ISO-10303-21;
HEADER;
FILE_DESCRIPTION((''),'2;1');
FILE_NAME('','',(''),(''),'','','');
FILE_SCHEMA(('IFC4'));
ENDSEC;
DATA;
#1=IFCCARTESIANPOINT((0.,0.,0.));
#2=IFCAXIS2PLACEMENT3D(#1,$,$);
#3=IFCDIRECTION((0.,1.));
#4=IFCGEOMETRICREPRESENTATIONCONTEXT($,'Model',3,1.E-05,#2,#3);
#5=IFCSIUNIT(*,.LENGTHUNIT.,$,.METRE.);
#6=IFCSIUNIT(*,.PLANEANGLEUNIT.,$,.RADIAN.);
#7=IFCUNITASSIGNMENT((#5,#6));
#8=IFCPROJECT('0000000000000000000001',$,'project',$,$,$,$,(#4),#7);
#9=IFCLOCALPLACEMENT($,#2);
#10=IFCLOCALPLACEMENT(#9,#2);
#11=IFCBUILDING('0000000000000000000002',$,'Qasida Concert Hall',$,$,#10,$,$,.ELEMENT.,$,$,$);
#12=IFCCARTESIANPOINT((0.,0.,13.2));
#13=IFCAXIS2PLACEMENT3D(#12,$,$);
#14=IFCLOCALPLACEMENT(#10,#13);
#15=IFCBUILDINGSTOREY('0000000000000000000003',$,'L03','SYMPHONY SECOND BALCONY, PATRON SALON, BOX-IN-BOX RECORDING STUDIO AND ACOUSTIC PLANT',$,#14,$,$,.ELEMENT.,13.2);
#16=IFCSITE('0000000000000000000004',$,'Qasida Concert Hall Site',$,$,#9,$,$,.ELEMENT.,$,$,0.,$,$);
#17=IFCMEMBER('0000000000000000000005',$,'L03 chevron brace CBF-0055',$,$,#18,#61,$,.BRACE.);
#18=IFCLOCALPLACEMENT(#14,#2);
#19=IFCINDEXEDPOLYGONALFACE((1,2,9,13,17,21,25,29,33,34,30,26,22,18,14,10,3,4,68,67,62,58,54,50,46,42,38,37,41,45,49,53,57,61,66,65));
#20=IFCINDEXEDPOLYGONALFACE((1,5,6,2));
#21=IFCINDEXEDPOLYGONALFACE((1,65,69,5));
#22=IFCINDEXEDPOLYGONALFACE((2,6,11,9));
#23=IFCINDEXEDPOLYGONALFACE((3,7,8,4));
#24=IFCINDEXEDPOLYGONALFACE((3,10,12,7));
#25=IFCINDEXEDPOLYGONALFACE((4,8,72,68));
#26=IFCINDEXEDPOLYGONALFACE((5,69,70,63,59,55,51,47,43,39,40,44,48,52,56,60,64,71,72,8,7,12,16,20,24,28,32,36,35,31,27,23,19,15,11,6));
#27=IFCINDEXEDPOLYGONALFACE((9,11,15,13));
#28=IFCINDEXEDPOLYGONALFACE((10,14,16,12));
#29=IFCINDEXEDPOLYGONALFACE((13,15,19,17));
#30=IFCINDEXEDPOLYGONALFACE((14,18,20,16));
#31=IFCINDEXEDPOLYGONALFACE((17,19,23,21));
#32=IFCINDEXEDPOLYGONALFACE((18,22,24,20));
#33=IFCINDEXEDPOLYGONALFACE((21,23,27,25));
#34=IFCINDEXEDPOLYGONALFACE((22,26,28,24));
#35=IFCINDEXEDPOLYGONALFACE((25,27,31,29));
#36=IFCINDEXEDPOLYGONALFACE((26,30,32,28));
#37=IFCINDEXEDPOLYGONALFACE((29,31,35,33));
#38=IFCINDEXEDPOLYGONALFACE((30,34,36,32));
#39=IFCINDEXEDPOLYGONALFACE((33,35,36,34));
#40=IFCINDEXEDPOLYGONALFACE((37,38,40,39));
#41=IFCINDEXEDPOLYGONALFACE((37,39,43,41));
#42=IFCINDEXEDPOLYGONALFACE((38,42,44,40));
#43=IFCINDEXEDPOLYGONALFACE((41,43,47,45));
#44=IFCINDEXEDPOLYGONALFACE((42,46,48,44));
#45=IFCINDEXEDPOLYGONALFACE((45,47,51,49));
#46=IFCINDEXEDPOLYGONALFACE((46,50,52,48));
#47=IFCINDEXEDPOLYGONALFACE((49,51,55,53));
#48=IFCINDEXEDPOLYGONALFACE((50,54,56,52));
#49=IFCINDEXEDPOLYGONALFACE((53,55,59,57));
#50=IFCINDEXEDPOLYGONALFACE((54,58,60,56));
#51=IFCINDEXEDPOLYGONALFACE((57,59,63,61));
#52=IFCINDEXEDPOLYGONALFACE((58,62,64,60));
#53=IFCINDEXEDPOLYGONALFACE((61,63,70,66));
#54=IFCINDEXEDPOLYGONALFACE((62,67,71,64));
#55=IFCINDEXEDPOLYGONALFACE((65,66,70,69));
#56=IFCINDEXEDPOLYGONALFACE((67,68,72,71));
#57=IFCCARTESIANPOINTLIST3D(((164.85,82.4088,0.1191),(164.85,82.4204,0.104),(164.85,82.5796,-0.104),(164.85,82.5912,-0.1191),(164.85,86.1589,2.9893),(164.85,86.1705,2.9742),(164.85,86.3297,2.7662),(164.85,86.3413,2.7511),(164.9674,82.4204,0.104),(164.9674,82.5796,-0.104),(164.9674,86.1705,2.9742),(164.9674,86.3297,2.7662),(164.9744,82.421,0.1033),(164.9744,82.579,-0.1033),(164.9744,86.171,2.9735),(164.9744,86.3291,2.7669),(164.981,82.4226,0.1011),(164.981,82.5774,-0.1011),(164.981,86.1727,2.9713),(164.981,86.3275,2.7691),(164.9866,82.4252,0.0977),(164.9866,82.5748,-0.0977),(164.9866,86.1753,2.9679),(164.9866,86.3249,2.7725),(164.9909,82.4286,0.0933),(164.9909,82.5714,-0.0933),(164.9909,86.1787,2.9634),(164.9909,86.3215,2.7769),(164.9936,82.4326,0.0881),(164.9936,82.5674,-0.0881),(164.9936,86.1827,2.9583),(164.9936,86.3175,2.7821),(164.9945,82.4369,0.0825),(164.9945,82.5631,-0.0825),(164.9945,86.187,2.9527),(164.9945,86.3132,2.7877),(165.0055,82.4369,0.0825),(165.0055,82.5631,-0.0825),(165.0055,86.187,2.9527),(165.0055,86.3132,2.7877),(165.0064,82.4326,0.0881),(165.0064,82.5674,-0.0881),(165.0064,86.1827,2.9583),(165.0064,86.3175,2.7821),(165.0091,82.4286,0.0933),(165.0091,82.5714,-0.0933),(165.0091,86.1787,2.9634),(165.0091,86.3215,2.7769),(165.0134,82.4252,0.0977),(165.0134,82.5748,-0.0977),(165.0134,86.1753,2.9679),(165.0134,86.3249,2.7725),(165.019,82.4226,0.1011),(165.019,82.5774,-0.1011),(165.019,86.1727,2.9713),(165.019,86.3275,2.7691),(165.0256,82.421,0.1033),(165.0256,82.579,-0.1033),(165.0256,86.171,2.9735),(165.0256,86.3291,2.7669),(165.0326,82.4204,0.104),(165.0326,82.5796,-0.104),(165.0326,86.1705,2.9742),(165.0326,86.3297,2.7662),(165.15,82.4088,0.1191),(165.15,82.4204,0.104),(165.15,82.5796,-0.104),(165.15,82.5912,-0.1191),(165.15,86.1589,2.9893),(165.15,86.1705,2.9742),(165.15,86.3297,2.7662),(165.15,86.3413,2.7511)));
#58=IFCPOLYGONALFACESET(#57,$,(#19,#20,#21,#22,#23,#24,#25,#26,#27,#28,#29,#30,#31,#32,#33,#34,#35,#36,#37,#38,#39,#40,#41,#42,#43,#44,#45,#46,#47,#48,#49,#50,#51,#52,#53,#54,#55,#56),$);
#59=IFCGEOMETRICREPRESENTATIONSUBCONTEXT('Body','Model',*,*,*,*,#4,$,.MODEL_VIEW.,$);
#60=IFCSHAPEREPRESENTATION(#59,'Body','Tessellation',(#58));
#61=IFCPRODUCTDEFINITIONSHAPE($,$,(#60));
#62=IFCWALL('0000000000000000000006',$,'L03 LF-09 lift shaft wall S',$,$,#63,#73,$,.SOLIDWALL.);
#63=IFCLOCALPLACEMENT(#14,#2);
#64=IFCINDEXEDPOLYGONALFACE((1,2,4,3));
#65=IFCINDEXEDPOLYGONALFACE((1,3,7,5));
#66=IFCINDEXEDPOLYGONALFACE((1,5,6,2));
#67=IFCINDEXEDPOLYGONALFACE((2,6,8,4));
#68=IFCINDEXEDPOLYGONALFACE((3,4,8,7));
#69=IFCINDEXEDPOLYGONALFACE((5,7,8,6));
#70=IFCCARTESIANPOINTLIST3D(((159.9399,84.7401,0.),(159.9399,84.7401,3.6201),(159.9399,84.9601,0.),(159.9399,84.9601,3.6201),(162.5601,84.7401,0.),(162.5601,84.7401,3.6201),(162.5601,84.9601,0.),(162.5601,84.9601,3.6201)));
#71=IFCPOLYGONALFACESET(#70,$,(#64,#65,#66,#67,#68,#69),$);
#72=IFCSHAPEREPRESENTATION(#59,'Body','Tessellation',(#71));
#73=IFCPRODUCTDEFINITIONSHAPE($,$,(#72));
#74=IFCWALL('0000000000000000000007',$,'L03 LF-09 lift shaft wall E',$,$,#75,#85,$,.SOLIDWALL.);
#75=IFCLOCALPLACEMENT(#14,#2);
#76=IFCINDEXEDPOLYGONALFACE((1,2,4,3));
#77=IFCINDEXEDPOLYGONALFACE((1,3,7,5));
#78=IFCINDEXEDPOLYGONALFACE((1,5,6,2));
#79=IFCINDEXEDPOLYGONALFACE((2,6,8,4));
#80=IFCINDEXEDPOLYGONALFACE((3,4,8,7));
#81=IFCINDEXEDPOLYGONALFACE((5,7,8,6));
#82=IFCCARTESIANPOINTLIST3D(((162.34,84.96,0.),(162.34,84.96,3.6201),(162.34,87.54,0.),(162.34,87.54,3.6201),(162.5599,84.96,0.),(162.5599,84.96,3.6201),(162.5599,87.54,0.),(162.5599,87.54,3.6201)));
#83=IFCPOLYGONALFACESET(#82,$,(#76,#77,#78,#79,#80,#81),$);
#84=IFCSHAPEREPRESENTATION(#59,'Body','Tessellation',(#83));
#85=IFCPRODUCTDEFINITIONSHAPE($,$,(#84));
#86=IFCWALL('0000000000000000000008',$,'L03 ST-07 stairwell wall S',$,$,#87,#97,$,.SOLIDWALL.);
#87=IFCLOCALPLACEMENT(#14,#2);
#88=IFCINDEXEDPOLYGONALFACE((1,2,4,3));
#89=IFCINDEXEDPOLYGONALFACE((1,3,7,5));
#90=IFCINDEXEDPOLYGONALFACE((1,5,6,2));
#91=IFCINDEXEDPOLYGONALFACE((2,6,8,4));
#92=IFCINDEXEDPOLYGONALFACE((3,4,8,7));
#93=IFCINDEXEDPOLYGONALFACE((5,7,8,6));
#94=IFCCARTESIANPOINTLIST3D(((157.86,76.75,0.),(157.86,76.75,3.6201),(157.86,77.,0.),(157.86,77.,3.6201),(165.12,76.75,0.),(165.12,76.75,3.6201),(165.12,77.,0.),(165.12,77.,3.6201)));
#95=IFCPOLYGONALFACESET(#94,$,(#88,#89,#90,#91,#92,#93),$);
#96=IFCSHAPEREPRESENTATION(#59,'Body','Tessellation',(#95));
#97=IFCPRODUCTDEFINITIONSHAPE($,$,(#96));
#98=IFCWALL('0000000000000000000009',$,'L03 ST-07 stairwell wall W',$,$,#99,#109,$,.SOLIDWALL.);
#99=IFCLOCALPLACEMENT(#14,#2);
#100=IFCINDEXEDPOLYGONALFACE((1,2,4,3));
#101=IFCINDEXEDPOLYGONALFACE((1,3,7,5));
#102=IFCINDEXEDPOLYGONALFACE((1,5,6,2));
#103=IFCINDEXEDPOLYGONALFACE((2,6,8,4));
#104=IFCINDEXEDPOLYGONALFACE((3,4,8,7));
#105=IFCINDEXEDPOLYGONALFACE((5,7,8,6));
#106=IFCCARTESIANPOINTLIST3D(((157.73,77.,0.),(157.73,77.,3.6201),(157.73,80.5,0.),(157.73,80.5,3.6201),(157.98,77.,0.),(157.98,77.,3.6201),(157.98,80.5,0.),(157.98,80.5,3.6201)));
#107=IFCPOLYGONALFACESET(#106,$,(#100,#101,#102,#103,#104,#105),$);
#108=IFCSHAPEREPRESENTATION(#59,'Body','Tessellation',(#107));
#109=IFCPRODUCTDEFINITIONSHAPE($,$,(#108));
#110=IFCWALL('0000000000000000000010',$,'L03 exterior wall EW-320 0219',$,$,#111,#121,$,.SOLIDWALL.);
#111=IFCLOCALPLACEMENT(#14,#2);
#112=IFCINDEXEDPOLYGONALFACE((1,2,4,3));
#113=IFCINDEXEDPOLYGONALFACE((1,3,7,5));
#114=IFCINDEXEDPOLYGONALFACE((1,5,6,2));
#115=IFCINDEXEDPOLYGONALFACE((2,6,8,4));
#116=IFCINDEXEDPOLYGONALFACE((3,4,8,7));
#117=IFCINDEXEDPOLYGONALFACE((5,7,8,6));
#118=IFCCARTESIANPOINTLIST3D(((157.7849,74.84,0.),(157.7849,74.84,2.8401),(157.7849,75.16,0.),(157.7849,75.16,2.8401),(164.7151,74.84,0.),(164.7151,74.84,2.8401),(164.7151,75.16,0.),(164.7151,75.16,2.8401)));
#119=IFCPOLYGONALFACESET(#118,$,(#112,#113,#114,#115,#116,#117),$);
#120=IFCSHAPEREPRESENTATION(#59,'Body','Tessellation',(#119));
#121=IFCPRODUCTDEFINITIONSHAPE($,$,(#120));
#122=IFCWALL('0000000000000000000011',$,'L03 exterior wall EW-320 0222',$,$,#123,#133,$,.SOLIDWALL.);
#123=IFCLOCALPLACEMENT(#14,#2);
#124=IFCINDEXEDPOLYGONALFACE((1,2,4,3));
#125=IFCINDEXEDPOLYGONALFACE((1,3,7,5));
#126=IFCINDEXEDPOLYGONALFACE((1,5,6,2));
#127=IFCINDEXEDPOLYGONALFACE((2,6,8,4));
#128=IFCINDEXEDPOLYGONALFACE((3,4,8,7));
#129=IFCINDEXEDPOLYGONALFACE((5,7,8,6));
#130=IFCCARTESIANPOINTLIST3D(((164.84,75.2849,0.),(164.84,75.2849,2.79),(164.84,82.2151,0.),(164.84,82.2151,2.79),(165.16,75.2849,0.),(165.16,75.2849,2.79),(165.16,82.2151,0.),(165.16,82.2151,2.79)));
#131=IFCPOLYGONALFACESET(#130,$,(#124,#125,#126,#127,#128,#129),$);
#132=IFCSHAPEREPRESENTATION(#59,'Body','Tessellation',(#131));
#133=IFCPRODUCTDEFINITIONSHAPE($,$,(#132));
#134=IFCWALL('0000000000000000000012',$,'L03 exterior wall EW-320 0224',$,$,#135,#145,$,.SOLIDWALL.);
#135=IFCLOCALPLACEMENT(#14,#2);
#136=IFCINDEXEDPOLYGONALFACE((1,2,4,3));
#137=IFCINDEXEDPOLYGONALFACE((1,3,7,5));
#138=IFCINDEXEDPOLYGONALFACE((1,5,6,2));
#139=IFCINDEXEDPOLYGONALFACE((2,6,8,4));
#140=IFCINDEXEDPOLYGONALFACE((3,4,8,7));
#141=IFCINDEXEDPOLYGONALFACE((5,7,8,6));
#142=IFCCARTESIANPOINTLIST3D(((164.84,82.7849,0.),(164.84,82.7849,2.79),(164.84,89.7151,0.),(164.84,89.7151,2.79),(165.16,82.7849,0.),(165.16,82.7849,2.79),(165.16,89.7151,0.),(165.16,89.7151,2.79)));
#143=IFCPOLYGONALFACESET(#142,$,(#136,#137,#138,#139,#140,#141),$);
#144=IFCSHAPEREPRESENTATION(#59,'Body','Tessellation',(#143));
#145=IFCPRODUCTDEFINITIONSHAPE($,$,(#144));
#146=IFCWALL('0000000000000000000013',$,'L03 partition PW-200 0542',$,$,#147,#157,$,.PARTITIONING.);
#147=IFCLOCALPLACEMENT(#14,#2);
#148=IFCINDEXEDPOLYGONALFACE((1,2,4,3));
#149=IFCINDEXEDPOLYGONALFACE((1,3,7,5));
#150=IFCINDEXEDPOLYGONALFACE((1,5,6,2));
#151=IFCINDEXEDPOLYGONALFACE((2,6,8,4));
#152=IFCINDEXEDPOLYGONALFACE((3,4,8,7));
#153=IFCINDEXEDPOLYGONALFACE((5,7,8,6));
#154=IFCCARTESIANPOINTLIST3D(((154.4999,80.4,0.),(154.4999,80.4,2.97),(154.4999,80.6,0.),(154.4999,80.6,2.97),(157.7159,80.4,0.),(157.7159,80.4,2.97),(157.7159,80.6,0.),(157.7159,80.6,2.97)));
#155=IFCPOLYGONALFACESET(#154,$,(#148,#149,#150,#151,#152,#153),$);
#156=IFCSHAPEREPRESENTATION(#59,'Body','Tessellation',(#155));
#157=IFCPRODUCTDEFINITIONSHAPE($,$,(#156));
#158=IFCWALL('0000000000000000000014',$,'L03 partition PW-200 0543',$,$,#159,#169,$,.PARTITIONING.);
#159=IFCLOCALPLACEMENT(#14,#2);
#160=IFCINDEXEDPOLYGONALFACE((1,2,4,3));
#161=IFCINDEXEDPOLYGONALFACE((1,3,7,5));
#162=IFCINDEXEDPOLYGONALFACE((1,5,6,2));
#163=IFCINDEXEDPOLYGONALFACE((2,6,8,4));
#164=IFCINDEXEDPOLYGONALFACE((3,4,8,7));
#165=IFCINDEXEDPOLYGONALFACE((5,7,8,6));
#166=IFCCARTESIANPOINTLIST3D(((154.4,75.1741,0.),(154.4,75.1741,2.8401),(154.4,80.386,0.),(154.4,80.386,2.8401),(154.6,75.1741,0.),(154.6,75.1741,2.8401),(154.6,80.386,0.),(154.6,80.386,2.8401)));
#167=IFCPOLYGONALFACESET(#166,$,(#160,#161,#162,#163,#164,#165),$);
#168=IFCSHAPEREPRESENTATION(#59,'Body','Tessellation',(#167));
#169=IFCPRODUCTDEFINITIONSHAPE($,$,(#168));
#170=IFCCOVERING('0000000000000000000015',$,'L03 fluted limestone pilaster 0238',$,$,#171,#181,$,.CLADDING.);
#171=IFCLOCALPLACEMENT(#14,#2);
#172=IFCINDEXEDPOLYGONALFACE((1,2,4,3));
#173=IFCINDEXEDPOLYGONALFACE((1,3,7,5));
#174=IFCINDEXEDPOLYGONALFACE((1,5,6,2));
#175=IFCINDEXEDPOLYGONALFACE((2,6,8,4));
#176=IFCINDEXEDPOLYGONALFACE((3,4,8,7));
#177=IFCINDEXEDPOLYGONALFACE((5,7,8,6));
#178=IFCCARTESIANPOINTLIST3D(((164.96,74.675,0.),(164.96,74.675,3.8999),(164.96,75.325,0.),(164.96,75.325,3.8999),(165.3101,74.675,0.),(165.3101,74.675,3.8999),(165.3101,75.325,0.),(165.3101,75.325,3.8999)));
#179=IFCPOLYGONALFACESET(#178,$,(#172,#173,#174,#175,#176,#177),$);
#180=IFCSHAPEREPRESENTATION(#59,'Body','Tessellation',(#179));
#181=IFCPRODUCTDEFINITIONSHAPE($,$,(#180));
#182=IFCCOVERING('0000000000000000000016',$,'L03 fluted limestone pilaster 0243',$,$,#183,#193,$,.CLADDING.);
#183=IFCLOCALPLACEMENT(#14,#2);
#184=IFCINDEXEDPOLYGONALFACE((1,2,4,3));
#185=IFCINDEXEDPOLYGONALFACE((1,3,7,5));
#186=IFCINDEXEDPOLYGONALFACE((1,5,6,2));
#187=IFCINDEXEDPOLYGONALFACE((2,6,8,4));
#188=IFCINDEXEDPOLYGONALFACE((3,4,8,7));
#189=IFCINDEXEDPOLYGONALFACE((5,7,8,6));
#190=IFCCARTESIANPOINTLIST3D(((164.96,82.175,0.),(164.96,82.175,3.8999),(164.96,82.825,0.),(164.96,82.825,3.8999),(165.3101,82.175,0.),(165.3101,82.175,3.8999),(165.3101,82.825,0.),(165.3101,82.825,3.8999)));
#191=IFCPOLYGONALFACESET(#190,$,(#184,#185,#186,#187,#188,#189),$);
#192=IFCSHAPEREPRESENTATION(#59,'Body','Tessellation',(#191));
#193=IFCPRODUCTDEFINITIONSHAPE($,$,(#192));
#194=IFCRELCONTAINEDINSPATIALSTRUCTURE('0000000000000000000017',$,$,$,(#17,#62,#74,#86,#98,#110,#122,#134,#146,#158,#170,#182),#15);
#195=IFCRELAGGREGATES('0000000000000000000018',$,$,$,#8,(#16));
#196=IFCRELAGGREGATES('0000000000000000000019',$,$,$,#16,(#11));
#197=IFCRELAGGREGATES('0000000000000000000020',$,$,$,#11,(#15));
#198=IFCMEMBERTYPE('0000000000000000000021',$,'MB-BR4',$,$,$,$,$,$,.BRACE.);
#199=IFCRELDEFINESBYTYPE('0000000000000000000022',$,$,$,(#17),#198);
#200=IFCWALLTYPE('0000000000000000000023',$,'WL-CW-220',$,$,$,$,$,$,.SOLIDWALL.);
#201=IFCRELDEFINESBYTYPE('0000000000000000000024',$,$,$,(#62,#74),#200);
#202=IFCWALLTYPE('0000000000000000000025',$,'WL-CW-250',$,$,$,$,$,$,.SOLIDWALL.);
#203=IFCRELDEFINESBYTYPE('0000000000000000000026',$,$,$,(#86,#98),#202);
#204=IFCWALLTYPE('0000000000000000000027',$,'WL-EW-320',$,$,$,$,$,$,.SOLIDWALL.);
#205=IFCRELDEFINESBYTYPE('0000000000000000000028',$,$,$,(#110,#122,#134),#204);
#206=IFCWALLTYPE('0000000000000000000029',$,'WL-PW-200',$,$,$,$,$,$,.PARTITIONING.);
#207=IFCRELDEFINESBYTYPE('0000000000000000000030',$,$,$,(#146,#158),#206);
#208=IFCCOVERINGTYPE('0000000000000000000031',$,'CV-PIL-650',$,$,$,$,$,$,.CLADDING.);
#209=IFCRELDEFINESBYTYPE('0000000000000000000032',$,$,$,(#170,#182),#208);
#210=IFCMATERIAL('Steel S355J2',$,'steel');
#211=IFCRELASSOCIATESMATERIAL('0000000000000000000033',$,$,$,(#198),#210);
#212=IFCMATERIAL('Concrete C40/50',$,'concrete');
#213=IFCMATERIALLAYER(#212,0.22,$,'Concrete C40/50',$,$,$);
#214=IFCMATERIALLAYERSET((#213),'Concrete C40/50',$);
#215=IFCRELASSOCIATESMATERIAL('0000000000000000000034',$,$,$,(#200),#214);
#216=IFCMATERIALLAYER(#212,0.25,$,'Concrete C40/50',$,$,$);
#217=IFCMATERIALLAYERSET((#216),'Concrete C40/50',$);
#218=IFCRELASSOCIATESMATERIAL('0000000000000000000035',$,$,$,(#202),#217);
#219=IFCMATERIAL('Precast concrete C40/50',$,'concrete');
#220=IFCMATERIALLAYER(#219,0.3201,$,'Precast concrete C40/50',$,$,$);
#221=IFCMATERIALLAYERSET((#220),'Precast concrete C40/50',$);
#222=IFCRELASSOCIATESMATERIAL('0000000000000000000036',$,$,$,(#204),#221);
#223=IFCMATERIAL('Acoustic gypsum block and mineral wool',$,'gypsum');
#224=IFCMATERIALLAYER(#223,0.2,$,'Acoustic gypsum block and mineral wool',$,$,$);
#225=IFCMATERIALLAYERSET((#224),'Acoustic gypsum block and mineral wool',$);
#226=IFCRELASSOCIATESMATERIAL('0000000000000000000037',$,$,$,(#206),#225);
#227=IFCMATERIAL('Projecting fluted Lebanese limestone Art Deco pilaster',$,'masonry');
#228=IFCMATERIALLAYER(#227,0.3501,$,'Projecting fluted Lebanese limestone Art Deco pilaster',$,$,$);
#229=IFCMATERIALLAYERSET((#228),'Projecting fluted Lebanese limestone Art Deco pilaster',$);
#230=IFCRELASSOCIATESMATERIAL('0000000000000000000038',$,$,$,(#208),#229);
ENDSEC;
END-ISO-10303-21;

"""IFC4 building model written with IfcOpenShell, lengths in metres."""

from ifc_helpers import new_model, si_unit, direction, frame, frame_2d, origin, origin_2d, place, context, subcontext, project, spatial, rectangle, i_section, extrude, material, layer, layer_set, material_profile, profile_set, type_object, element, save


model = new_model("IFC4")

# Units and contexts
model_context = context("Model", 3, precision=1e-05, world=origin(), true_north=direction((0.0, 1.0)))
body_context = subcontext(model_context, "Body", "Model", "MODEL_VIEW")
ifc_project = project(units=[si_unit("LENGTHUNIT", "METRE"), si_unit("PLANEANGLEUNIT", "RADIAN")], contexts=[model_context])

# Site, building, storey
site_placement = place(None, origin())
site = spatial("IfcSite", under=ifc_project, at=site_placement, Name="Qasida Concert Hall Site", CompositionType="ELEMENT", RefElevation=0.0)
building_placement = place(site_placement, origin())
building = spatial("IfcBuilding", under=site, at=building_placement, Name="Qasida Concert Hall", CompositionType="ELEMENT")
storey_placement = place(building_placement, frame((0.0, 0.0, 13.2)))
storey = spatial("IfcBuildingStorey", under=building, at=storey_placement, Name="L03", Description="SYMPHONY SECOND BALCONY, PATRON SALON, BOX-IN-BOX RECORDING STUDIO AND ACOUSTIC PLANT", CompositionType="ELEMENT", Elevation=13.2)

# Shared definitions
ifc_material_1 = material(Name="Concrete C40/50", Category="concrete")
ifc_material_2 = material(Name="Steel S355J2", Category="steel")

# Member
ifc_material_profile_1 = material_profile(ifc_material_2, i_section(OverallWidth=0.3, OverallDepth=0.3, WebThickness=0.011, FlangeThickness=0.019, FilletRadius=0.0271, at=origin_2d()), Name="HEB 300")
ifc_profile_set_1 = profile_set([ifc_material_profile_1], Name="Steel S355J2")
member_type = type_object("IfcMemberType", Name="MB-BR4", PredefinedType="BRACE", material=ifc_profile_set_1)
member_placement = place(storey_placement, frame((165.0, 82.5, 0.0), z_axis=(0.0, 0.794105, 0.60778), x_axis=(-1.0, 0.0, 0.0)))
element("IfcMember", 1, at=member_placement, inside=storey, type_object=member_type, Name="L03 chevron brace CBF-0055", PredefinedType="BRACE", context=body_context, shape_type="SweptSolid", body=[
    extrude(i_section(OverallWidth=0.3, OverallDepth=0.3, WebThickness=0.011, FlangeThickness=0.019, FilletRadius=0.0271, at=origin_2d()), origin(), (0.0, 0.0, 1.0), 4.7224),
])

# Wall
ifc_layer_1 = layer(ifc_material_1, 0.22, Name="Concrete C40/50")
ifc_layer_set_1 = layer_set([ifc_layer_1], Name="Concrete C40/50")
wall_type_1 = type_object("IfcWallType", Name="WL-CW-220", PredefinedType="SOLIDWALL", material=ifc_layer_set_1)
wall_1_placement = place(storey_placement, frame((159.9399, 84.8501, 0.0), z_axis=(0.0, 0.0, 1.0), x_axis=(1.0, 0.0, 0.0)))
element("IfcWall", 2, at=wall_1_placement, inside=storey, type_object=wall_type_1, Name="L03 LF-09 lift shaft wall S", PredefinedType="SOLIDWALL", context=body_context, shape_type="SweptSolid", body=[
    extrude(rectangle(XDim=2.6201, YDim=0.22, at=frame_2d((1.3101, 0.0))), origin(), (0.0, 0.0, 1.0), 3.6201),
])

# Walls
wall_2_placement = place(storey_placement, frame((162.45, 84.96, 0.0), z_axis=(0.0, 0.0, 1.0), x_axis=(0.0, 1.0, 0.0)))
element("IfcWall", 3, at=wall_2_placement, inside=storey, type_object=wall_type_1, Name="L03 LF-09 lift shaft wall E", PredefinedType="SOLIDWALL", context=body_context, shape_type="SweptSolid", body=[
    extrude(rectangle(XDim=2.5801, YDim=0.22, at=frame_2d((1.29, 0.0))), origin(), (0.0, 0.0, 1.0), 3.6201),
])
ifc_layer_2 = layer(ifc_material_1, 0.25, Name="Concrete C40/50")
ifc_layer_set_2 = layer_set([ifc_layer_2], Name="Concrete C40/50")
wall_type_2 = type_object("IfcWallType", Name="WL-CW-250", PredefinedType="SOLIDWALL", material=ifc_layer_set_2)
wall_3_placement = place(storey_placement, frame((157.8601, 76.875, 0.0), z_axis=(0.0, 0.0, 1.0), x_axis=(1.0, 0.0, 0.0)))
element("IfcWall", 4, at=wall_3_placement, inside=storey, type_object=wall_type_2, Name="L03 ST-07 stairwell wall S", PredefinedType="SOLIDWALL", context=body_context, shape_type="SweptSolid", body=[
    extrude(rectangle(XDim=7.26, YDim=0.25, at=frame_2d((3.6299, 0.0))), origin(), (0.0, 0.0, 1.0), 3.6201),
])

# Walls
wall_4_placement = place(storey_placement, frame((157.855, 77.0, 0.0), z_axis=(0.0, 0.0, 1.0), x_axis=(0.0, 1.0, 0.0)))
element("IfcWall", 5, at=wall_4_placement, inside=storey, type_object=wall_type_2, Name="L03 ST-07 stairwell wall W", PredefinedType="SOLIDWALL", context=body_context, shape_type="SweptSolid", body=[
    extrude(rectangle(XDim=3.5, YDim=0.25, at=frame_2d((1.75, 0.0))), origin(), (0.0, 0.0, 1.0), 3.6201),
])
ifc_material_3 = material(Name="Precast concrete C40/50", Category="concrete")
ifc_layer_3 = layer(ifc_material_3, 0.3201, Name="Precast concrete C40/50")
ifc_layer_set_3 = layer_set([ifc_layer_3], Name="Precast concrete C40/50")
wall_type_3 = type_object("IfcWallType", Name="WL-EW-320", PredefinedType="SOLIDWALL", material=ifc_layer_set_3)
wall_5_placement = place(storey_placement, frame((157.7849, 75.0, 0.0), z_axis=(0.0, 0.0, 1.0), x_axis=(1.0, 0.0, 0.0)))
element("IfcWall", 6, at=wall_5_placement, inside=storey, type_object=wall_type_3, Name="L03 exterior wall EW-320 0219", PredefinedType="SOLIDWALL", context=body_context, shape_type="SweptSolid", body=[
    extrude(rectangle(XDim=6.9302, YDim=0.3201, at=frame_2d((3.4651, 0.0))), origin(), (0.0, 0.0, 1.0), 2.8401),
])
for number, where, z_axis, x_axis, name in (
    (7, (165.0, 75.2849, 0.0), (0.0, 0.0, 1.0), (0.0, 1.0, 0.0), "L03 exterior wall EW-320 0222"),
    (8, (165.0, 82.7849, 0.0), (0.0, 0.0, 1.0), (0.0, 1.0, 0.0), "L03 exterior wall EW-320 0224"),
):
    element("IfcWall", number, at=place(storey_placement, frame(where, z_axis=z_axis, x_axis=x_axis)), inside=storey, type_object=wall_type_3, Name=name, PredefinedType="SOLIDWALL", context=body_context, shape_type="SweptSolid", body=[
        extrude(rectangle(XDim=6.9302, YDim=0.3201, at=frame_2d((3.4651, 0.0))), origin(), (0.0, 0.0, 1.0), 2.79),
    ])
ifc_material_4 = material(Name="Acoustic gypsum block and mineral wool", Category="gypsum")
ifc_layer_4 = layer(ifc_material_4, 0.2, Name="Acoustic gypsum block and mineral wool")
ifc_layer_set_4 = layer_set([ifc_layer_4], Name="Acoustic gypsum block and mineral wool")
wall_type_4 = type_object("IfcWallType", Name="WL-PW-200", PredefinedType="PARTITIONING", material=ifc_layer_set_4)
wall_6_placement = place(storey_placement, frame((154.5, 80.5, 0.0), z_axis=(0.0, 0.0, 1.0), x_axis=(1.0, 0.0, 0.0)))
element("IfcWall", 9, at=wall_6_placement, inside=storey, type_object=wall_type_4, Name="L03 partition PW-200 0542", PredefinedType="PARTITIONING", context=body_context, shape_type="SweptSolid", body=[
    extrude(rectangle(XDim=3.2161, YDim=0.2, at=frame_2d((1.6079, 0.0))), origin(), (0.0, 0.0, 1.0), 2.97),
])
wall_7_placement = place(storey_placement, frame((154.5, 75.1741, 0.0), z_axis=(0.0, 0.0, 1.0), x_axis=(0.0, 1.0, 0.0)))
element("IfcWall", 10, at=wall_7_placement, inside=storey, type_object=wall_type_4, Name="L03 partition PW-200 0543", PredefinedType="PARTITIONING", context=body_context, shape_type="SweptSolid", body=[
    extrude(rectangle(XDim=5.2119, YDim=0.2, at=frame_2d((2.606, 0.0))), origin(), (0.0, 0.0, 1.0), 2.8401),
])

# Coverings
ifc_material_5 = material(Name="Projecting fluted Lebanese limestone Art Deco pilaster", Category="masonry")
ifc_layer_5 = layer(ifc_material_5, 0.3501, Name="Projecting fluted Lebanese limestone Art Deco pilaster")
ifc_layer_set_5 = layer_set([ifc_layer_5], Name="Projecting fluted Lebanese limestone Art Deco pilaster")
covering_type = type_object("IfcCoveringType", Name="CV-PIL-650", PredefinedType="CLADDING", material=ifc_layer_set_5)
for number, where, z_axis, x_axis, name in (
    (11, (165.135, 75.0, 0.0), (0.0, 0.0, 1.0), (1.0, 0.0, 0.0), "L03 fluted limestone pilaster 0238"),
    (12, (165.135, 82.5, 0.0), (0.0, 0.0, 1.0), (1.0, 0.0, 0.0), "L03 fluted limestone pilaster 0243"),
):
    element("IfcCovering", number, at=place(storey_placement, frame(where, z_axis=z_axis, x_axis=x_axis)), inside=storey, type_object=covering_type, Name=name, PredefinedType="CLADDING", context=body_context, shape_type="SweptSolid", body=[
        extrude(rectangle(XDim=0.3501, YDim=0.6499, at=origin_2d()), origin(), (0.0, 0.0, 1.0), 3.8999),
    ])

save(model, "model.ifc")
